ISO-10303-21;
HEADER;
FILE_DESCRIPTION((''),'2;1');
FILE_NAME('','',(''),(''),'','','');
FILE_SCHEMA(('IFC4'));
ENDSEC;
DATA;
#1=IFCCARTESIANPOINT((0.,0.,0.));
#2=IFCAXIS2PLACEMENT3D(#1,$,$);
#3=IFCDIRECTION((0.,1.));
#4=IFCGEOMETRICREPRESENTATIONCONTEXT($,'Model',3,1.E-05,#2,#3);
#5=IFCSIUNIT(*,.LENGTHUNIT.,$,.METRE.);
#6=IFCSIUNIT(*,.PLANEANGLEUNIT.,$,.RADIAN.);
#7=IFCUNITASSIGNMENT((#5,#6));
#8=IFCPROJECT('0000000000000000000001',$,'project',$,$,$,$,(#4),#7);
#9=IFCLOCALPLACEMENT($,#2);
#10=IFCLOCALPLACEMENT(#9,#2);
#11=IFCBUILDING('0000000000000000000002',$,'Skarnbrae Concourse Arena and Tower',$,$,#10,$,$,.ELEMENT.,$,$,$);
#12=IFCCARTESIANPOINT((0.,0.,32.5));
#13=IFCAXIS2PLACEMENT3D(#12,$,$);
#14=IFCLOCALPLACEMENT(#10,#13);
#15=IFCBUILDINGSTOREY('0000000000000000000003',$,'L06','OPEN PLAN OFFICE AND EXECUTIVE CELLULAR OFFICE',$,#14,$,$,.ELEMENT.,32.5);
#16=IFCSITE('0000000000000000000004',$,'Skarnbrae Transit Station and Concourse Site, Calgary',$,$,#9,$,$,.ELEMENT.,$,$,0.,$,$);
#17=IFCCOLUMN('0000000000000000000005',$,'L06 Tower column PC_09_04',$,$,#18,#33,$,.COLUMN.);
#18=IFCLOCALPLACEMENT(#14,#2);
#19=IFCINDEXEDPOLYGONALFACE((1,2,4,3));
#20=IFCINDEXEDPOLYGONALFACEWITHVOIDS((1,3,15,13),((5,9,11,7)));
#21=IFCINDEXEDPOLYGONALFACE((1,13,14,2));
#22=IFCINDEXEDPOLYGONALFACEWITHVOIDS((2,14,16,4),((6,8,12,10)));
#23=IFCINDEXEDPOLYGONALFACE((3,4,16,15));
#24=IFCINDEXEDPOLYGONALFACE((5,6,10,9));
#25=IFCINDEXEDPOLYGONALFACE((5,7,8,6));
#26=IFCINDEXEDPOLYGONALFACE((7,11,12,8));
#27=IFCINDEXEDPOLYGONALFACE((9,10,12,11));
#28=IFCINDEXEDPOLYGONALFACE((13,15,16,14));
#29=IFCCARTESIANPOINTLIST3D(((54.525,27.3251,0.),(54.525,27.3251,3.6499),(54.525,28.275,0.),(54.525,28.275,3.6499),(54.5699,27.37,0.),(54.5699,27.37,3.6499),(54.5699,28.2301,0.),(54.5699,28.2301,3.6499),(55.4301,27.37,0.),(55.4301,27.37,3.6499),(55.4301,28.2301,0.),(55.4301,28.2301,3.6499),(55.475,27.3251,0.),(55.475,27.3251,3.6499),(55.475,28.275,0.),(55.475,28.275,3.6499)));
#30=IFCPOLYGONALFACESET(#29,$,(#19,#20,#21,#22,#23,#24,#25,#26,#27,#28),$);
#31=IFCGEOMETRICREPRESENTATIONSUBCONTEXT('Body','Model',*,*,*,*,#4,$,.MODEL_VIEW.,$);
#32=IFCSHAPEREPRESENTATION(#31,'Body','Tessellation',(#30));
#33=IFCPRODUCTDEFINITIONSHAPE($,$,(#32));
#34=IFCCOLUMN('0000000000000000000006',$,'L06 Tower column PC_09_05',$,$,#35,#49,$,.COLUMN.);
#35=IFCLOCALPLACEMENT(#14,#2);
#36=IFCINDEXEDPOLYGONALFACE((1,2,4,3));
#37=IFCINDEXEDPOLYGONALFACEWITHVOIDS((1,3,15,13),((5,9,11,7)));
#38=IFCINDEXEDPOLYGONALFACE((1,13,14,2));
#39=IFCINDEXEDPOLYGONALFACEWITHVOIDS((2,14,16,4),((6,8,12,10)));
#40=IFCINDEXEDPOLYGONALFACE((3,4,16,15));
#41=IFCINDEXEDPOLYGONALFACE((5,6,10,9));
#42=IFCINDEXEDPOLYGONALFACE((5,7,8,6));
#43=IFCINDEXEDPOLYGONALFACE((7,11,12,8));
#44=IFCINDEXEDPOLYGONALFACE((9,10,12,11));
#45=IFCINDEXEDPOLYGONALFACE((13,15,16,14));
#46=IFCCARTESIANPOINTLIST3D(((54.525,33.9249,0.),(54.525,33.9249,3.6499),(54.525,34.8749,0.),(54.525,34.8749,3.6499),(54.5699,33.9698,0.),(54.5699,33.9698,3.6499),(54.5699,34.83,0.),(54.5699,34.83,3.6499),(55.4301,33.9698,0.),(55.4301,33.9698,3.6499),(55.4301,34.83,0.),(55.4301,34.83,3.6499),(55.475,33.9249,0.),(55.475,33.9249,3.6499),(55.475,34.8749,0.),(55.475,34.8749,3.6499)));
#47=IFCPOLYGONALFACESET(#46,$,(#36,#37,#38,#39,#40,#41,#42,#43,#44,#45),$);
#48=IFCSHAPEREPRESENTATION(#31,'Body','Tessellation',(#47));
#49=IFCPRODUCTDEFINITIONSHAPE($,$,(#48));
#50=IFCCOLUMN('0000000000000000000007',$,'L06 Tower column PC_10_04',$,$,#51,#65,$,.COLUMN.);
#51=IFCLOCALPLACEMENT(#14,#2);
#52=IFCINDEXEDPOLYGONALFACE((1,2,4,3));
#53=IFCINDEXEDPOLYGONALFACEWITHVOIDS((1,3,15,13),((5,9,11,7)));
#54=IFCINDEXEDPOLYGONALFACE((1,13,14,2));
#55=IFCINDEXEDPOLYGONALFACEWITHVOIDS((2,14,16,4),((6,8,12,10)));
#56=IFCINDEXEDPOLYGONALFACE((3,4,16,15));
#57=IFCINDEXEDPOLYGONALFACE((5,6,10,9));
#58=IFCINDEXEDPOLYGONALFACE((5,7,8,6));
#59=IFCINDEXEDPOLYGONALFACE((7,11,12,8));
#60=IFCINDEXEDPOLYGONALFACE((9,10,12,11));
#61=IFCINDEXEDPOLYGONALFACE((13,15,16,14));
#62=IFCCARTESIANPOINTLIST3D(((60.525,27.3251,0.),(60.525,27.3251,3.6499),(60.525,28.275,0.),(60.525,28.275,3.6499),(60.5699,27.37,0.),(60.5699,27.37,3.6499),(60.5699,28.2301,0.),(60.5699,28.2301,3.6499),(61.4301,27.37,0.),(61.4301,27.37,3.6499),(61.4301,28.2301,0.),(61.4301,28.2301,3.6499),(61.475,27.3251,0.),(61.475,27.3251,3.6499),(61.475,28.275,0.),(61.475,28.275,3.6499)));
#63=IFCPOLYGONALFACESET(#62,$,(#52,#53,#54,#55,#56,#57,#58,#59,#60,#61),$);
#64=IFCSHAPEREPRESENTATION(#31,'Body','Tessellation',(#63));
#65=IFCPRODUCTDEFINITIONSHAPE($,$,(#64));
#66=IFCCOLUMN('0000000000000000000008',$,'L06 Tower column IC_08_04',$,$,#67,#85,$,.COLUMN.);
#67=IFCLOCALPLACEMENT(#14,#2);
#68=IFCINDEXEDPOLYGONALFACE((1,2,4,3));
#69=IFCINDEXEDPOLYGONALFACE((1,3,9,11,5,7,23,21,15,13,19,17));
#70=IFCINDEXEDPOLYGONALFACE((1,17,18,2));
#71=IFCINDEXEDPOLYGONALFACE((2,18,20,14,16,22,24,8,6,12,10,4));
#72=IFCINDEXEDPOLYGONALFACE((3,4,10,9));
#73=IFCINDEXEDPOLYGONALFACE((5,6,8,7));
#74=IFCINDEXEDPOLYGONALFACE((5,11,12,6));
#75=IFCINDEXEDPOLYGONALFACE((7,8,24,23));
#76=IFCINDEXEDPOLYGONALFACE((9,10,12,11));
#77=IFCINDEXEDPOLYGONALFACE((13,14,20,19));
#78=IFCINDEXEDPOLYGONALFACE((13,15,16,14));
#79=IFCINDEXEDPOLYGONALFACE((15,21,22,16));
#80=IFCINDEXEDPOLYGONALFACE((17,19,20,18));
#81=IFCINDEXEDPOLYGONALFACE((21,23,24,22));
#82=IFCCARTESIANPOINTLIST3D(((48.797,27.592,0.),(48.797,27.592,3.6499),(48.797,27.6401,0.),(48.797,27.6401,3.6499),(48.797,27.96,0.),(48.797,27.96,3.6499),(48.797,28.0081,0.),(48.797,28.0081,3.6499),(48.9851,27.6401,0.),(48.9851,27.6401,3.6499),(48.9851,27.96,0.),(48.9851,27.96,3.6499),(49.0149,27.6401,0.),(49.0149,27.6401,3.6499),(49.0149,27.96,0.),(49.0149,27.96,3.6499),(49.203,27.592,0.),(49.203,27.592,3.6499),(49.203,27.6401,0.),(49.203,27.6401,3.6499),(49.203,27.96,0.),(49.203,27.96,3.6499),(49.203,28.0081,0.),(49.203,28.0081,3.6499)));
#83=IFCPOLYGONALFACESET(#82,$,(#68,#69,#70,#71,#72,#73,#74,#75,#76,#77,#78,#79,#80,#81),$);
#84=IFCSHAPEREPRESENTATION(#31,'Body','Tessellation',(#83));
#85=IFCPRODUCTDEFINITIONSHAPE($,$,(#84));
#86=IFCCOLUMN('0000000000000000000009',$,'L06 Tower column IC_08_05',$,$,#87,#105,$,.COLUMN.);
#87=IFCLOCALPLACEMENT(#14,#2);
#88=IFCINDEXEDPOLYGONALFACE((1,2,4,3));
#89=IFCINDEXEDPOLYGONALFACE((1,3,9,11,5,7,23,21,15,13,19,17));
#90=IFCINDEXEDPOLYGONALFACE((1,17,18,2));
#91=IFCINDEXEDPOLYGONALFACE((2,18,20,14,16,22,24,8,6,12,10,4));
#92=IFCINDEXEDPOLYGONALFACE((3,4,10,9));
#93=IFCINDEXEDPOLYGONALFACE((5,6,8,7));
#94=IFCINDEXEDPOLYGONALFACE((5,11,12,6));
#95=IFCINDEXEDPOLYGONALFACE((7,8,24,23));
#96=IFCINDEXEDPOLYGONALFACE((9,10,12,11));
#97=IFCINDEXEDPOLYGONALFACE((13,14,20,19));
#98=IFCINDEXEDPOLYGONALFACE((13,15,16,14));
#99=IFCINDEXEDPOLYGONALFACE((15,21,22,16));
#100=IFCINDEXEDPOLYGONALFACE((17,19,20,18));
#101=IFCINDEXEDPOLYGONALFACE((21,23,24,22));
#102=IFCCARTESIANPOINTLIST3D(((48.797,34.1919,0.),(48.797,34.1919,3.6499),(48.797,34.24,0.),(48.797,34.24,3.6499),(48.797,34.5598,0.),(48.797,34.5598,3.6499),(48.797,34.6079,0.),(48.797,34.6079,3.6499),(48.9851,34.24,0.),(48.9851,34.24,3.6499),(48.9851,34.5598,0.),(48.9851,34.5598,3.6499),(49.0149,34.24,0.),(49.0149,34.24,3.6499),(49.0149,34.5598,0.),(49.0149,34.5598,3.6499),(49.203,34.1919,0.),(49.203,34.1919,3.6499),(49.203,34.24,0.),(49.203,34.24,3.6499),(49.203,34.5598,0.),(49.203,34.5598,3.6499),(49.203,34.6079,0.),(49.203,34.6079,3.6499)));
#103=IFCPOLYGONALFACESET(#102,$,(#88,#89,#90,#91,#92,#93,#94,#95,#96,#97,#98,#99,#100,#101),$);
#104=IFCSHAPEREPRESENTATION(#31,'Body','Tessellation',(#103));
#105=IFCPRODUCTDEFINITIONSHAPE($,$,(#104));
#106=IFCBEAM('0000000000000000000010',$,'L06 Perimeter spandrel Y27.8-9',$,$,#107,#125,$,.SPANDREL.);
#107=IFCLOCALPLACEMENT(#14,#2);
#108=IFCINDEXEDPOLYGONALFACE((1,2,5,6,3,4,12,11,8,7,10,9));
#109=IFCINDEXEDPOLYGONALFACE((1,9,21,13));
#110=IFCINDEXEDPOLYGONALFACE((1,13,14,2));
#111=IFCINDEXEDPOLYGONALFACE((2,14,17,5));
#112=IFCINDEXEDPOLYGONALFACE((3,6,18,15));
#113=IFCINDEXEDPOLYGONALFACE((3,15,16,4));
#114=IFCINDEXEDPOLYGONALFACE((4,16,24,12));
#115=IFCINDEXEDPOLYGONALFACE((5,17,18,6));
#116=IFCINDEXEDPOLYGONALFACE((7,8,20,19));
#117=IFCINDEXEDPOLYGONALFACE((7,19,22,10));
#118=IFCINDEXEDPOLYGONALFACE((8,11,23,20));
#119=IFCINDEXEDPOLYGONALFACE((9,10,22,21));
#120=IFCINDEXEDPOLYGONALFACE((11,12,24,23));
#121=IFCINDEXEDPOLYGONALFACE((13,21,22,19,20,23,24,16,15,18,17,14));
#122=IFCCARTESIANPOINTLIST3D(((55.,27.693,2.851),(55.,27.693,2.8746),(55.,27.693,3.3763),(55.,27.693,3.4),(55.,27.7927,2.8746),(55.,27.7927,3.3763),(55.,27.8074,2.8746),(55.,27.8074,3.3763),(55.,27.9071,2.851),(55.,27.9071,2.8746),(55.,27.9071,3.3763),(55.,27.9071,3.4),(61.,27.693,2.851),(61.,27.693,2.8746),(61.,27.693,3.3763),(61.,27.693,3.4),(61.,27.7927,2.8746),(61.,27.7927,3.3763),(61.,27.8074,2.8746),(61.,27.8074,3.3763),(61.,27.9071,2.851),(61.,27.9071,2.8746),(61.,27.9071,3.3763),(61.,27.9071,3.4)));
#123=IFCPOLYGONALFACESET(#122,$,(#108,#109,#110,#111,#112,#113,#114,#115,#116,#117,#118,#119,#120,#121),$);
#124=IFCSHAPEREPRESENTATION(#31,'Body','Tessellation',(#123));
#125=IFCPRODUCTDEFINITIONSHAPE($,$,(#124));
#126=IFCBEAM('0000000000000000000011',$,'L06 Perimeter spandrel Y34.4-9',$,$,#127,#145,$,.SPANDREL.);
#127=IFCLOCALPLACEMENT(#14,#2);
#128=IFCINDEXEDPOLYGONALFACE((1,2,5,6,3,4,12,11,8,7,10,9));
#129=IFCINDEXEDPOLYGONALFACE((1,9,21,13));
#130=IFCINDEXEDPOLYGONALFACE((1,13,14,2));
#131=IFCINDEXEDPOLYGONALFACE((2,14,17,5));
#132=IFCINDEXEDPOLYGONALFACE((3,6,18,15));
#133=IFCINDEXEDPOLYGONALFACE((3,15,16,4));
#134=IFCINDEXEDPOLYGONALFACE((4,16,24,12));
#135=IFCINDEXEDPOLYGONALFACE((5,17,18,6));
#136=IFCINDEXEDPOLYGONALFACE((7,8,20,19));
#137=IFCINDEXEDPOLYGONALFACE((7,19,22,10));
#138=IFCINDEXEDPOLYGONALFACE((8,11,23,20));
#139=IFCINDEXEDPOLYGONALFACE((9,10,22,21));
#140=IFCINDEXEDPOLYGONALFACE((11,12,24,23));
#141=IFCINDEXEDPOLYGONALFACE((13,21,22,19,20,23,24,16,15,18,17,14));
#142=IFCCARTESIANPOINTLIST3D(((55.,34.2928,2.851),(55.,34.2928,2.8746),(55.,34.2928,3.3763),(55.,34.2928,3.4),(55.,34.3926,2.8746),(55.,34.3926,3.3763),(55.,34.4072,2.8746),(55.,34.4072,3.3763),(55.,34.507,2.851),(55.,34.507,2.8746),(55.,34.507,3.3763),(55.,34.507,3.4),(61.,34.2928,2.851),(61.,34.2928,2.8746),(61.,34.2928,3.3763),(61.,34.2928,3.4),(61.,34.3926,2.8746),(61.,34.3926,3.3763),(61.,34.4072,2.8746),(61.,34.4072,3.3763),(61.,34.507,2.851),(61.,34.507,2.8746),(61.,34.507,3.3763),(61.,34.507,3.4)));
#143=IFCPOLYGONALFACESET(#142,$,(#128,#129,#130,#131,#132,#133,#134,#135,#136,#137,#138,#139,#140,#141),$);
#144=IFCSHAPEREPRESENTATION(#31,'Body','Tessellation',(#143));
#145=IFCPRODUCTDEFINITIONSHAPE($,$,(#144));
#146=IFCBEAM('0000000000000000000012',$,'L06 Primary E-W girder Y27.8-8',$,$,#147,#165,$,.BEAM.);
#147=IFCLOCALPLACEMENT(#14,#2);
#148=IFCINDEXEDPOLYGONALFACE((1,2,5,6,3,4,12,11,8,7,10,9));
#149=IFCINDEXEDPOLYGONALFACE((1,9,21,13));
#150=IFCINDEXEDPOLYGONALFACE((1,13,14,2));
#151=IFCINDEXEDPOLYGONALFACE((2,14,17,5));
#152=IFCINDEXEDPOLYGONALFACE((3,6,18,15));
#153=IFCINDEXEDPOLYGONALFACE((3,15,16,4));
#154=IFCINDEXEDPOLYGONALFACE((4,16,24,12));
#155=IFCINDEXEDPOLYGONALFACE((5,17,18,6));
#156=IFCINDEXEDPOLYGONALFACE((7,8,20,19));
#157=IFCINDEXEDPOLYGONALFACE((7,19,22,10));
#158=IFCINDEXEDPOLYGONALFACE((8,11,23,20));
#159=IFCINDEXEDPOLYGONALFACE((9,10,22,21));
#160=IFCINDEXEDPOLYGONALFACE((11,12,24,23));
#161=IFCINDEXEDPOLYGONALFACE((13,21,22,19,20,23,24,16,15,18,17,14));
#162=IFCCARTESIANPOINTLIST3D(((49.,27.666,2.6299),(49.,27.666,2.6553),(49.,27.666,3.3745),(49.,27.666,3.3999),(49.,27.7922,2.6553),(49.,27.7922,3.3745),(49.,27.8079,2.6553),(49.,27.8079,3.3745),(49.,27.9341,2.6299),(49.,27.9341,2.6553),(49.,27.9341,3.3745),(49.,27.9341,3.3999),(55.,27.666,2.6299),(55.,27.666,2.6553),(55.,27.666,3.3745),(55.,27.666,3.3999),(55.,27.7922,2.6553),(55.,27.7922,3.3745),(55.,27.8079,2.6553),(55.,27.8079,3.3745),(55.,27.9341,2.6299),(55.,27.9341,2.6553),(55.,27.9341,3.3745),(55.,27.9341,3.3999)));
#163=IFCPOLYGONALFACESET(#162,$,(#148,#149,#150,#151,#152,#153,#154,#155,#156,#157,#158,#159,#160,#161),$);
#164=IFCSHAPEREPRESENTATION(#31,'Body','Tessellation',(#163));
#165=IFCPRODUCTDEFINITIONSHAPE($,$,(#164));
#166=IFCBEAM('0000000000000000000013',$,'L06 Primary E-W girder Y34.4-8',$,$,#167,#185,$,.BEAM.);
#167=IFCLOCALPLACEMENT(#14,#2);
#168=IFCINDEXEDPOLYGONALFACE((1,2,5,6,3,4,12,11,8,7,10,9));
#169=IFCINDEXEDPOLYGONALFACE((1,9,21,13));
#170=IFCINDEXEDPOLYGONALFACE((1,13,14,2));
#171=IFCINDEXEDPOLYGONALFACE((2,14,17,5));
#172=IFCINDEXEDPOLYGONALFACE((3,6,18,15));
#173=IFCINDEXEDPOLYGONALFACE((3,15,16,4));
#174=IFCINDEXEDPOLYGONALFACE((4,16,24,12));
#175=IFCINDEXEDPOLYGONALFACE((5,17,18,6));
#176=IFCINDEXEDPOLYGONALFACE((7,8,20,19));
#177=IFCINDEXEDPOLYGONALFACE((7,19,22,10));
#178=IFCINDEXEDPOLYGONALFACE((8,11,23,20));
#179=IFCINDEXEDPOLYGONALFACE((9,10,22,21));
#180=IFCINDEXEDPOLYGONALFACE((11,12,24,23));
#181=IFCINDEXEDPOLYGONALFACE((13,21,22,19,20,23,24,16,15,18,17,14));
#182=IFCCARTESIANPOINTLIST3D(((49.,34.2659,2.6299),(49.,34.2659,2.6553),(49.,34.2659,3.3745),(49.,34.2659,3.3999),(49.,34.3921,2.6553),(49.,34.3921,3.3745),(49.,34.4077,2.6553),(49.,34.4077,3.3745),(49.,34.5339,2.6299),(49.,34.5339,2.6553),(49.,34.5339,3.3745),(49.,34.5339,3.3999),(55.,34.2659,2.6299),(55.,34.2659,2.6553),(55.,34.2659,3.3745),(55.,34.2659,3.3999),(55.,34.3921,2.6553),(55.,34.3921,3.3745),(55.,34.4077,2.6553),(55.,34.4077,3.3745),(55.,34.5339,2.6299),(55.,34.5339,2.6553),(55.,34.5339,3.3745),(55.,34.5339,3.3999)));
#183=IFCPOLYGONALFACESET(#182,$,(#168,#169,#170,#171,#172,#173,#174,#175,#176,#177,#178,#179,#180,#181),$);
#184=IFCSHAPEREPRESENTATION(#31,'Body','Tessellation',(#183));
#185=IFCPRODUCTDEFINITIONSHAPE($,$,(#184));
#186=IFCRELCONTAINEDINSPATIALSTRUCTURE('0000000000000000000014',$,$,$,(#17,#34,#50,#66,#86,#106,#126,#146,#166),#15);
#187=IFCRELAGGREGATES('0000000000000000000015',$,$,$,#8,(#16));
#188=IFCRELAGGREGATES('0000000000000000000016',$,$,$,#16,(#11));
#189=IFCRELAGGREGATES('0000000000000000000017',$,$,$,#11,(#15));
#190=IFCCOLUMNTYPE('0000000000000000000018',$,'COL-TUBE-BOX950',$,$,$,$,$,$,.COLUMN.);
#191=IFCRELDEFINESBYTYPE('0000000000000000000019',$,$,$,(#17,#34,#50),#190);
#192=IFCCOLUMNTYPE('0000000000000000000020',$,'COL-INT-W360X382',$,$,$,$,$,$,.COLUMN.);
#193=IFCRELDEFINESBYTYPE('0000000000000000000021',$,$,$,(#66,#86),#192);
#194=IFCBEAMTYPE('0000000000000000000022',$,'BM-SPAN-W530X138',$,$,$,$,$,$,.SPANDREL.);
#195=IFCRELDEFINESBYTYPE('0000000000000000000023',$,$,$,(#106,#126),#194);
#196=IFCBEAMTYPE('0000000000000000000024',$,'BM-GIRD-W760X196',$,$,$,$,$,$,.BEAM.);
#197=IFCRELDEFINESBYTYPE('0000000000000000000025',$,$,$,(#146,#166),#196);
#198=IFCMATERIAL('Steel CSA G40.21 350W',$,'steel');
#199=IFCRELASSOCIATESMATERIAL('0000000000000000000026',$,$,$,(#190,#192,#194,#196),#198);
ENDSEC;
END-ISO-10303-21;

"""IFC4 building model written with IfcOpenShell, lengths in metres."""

from ifc_helpers import new_model, si_unit, direction, frame, origin, origin_2d, place, context, subcontext, project, spatial, hollow_rectangle, i_section, extrude, source, transform, mapped, material, material_profile, profile_set, type_object, element, save


model = new_model("IFC4")

# Units and contexts
model_context = context("Model", 3, precision=1e-05, world=origin(), true_north=direction((0.0, 1.0)))
body_context = subcontext(model_context, "Body", "Model", "MODEL_VIEW")
ifc_project = project(units=[si_unit("LENGTHUNIT", "METRE"), si_unit("PLANEANGLEUNIT", "RADIAN")], contexts=[model_context])

# Site, building, storey
site_placement = place(None, origin())
site = spatial("IfcSite", under=ifc_project, at=site_placement, Name="Skarnbrae Transit Station and Concourse Site, Calgary", CompositionType="ELEMENT", RefElevation=0.0)
building_placement = place(site_placement, origin())
building = spatial("IfcBuilding", under=site, at=building_placement, Name="Skarnbrae Concourse Arena and Tower", CompositionType="ELEMENT")
storey_placement = place(building_placement, frame((0.0, 0.0, 32.5)))
storey = spatial("IfcBuildingStorey", under=building, at=storey_placement, Name="L06", Description="OPEN PLAN OFFICE AND EXECUTIVE CELLULAR OFFICE", CompositionType="ELEMENT", Elevation=32.5)

# Columns
ifc_material_1 = material(Name="Steel CSA G40.21 350W", Category="steel")
ifc_material_profile_1 = material_profile(ifc_material_1, hollow_rectangle(XDim=0.95, YDim=0.95, WallThickness=0.0449, at=origin_2d()), Name="BOX950X950X45")
ifc_profile_set_1 = profile_set([ifc_material_profile_1], Name="Steel CSA G40.21 350W")
column_type_1 = type_object("IfcColumnType", Name="COL-TUBE-BOX950", PredefinedType="COLUMN", material=ifc_profile_set_1)
shared_shape_1 = source(origin(), body_context, "Body", "SweptSolid", [
    extrude(hollow_rectangle(XDim=0.95, YDim=0.95, WallThickness=0.0449, at=origin_2d()), origin(), (0.0, 0.0, 1.0), 3.6499),
])
for number, where, z_axis, x_axis, name in (
    (1, (55.0, 27.8, 0.0), (0.0, 0.0, 1.0), (1.0, 0.0, 0.0), "L06 Tower column PC_09_04"),
    (2, (55.0, 34.3999, 0.0), (0.0, 0.0, 1.0), (1.0, 0.0, 0.0), "L06 Tower column PC_09_05"),
    (3, (61.0, 27.8, 0.0), (0.0, 0.0, 1.0), (1.0, 0.0, 0.0), "L06 Tower column PC_10_04"),
):
    element("IfcColumn", number, at=place(storey_placement, frame(where, z_axis=z_axis, x_axis=x_axis)), inside=storey, type_object=column_type_1, Name=name, PredefinedType="COLUMN", context=body_context, shape_type="MappedRepresentation", body=[
        mapped(shared_shape_1, transform((0.0, 0.0, 0.0))),
    ])
ifc_material_profile_2 = material_profile(ifc_material_1, i_section(OverallWidth=0.406, OverallDepth=0.416, WebThickness=0.0298, FlangeThickness=0.0481, at=origin_2d()), Name="W360X382")
ifc_profile_set_2 = profile_set([ifc_material_profile_2], Name="Steel CSA G40.21 350W")
column_type_2 = type_object("IfcColumnType", Name="COL-INT-W360X382", PredefinedType="COLUMN", material=ifc_profile_set_2)
shared_shape_2 = source(origin(), body_context, "Body", "SweptSolid", [
    extrude(i_section(OverallWidth=0.406, OverallDepth=0.416, WebThickness=0.0298, FlangeThickness=0.0481, at=origin_2d()), origin(), (0.0, 0.0, 1.0), 3.6499),
])
for number, where, z_axis, x_axis, name in (
    (4, (49.0, 27.8, 0.0), (0.0, 0.0, 1.0), (1.0, 0.0, 0.0), "L06 Tower column IC_08_04"),
    (5, (49.0, 34.3999, 0.0), (0.0, 0.0, 1.0), (1.0, 0.0, 0.0), "L06 Tower column IC_08_05"),
):
    element("IfcColumn", number, at=place(storey_placement, frame(where, z_axis=z_axis, x_axis=x_axis)), inside=storey, type_object=column_type_2, Name=name, PredefinedType="COLUMN", context=body_context, shape_type="MappedRepresentation", body=[
        mapped(shared_shape_2, transform((0.0, 0.0, 0.0))),
    ])

# Beams
ifc_material_profile_3 = material_profile(ifc_material_1, i_section(OverallWidth=0.2141, OverallDepth=0.5491, WebThickness=0.0146, FlangeThickness=0.0237, at=origin_2d()), Name="W530X138")
ifc_profile_set_3 = profile_set([ifc_material_profile_3], Name="Steel CSA G40.21 350W")
beam_type_1 = type_object("IfcBeamType", Name="BM-SPAN-W530X138", PredefinedType="SPANDREL", material=ifc_profile_set_3)
shared_shape_3 = source(origin(), body_context, "Body", "SweptSolid", [
    extrude(i_section(OverallWidth=0.2141, OverallDepth=0.5491, WebThickness=0.0146, FlangeThickness=0.0237, at=origin_2d()), origin(), (0.0, 0.0, 1.0), 6.0),
])
for number, where, z_axis, x_axis, name in (
    (6, (55.0, 27.8, 3.1255), (1.0, 0.0, 0.0), (0.0, 1.0, 0.0), "L06 Perimeter spandrel Y27.8-9"),
    (7, (55.0, 34.3999, 3.1255), (1.0, 0.0, 0.0), (0.0, 1.0, 0.0), "L06 Perimeter spandrel Y34.4-9"),
):
    element("IfcBeam", number, at=place(storey_placement, frame(where, z_axis=z_axis, x_axis=x_axis)), inside=storey, type_object=beam_type_1, Name=name, PredefinedType="SPANDREL", context=body_context, shape_type="MappedRepresentation", body=[
        mapped(shared_shape_3, transform((0.0, 0.0, 0.0))),
    ])
ifc_material_profile_4 = material_profile(ifc_material_1, i_section(OverallWidth=0.2681, OverallDepth=0.77, WebThickness=0.0156, FlangeThickness=0.0254, at=origin_2d()), Name="W760X196")
ifc_profile_set_4 = profile_set([ifc_material_profile_4], Name="Steel CSA G40.21 350W")
beam_type_2 = type_object("IfcBeamType", Name="BM-GIRD-W760X196", PredefinedType="BEAM", material=ifc_profile_set_4)
shared_shape_4 = source(origin(), body_context, "Body", "SweptSolid", [
    extrude(i_section(OverallWidth=0.2681, OverallDepth=0.77, WebThickness=0.0156, FlangeThickness=0.0254, at=origin_2d()), origin(), (0.0, 0.0, 1.0), 6.0),
])
for number, where, z_axis, x_axis, name in (
    (8, (49.0, 27.8, 3.0149), (1.0, 0.0, 0.0), (0.0, 1.0, 0.0), "L06 Primary E-W girder Y27.8-8"),
    (9, (49.0, 34.3999, 3.0149), (1.0, 0.0, 0.0), (0.0, 1.0, 0.0), "L06 Primary E-W girder Y34.4-8"),
):
    element("IfcBeam", number, at=place(storey_placement, frame(where, z_axis=z_axis, x_axis=x_axis)), inside=storey, type_object=beam_type_2, Name=name, PredefinedType="BEAM", context=body_context, shape_type="MappedRepresentation", body=[
        mapped(shared_shape_4, transform((0.0, 0.0, 0.0))),
    ])

save(model, "model.ifc")
